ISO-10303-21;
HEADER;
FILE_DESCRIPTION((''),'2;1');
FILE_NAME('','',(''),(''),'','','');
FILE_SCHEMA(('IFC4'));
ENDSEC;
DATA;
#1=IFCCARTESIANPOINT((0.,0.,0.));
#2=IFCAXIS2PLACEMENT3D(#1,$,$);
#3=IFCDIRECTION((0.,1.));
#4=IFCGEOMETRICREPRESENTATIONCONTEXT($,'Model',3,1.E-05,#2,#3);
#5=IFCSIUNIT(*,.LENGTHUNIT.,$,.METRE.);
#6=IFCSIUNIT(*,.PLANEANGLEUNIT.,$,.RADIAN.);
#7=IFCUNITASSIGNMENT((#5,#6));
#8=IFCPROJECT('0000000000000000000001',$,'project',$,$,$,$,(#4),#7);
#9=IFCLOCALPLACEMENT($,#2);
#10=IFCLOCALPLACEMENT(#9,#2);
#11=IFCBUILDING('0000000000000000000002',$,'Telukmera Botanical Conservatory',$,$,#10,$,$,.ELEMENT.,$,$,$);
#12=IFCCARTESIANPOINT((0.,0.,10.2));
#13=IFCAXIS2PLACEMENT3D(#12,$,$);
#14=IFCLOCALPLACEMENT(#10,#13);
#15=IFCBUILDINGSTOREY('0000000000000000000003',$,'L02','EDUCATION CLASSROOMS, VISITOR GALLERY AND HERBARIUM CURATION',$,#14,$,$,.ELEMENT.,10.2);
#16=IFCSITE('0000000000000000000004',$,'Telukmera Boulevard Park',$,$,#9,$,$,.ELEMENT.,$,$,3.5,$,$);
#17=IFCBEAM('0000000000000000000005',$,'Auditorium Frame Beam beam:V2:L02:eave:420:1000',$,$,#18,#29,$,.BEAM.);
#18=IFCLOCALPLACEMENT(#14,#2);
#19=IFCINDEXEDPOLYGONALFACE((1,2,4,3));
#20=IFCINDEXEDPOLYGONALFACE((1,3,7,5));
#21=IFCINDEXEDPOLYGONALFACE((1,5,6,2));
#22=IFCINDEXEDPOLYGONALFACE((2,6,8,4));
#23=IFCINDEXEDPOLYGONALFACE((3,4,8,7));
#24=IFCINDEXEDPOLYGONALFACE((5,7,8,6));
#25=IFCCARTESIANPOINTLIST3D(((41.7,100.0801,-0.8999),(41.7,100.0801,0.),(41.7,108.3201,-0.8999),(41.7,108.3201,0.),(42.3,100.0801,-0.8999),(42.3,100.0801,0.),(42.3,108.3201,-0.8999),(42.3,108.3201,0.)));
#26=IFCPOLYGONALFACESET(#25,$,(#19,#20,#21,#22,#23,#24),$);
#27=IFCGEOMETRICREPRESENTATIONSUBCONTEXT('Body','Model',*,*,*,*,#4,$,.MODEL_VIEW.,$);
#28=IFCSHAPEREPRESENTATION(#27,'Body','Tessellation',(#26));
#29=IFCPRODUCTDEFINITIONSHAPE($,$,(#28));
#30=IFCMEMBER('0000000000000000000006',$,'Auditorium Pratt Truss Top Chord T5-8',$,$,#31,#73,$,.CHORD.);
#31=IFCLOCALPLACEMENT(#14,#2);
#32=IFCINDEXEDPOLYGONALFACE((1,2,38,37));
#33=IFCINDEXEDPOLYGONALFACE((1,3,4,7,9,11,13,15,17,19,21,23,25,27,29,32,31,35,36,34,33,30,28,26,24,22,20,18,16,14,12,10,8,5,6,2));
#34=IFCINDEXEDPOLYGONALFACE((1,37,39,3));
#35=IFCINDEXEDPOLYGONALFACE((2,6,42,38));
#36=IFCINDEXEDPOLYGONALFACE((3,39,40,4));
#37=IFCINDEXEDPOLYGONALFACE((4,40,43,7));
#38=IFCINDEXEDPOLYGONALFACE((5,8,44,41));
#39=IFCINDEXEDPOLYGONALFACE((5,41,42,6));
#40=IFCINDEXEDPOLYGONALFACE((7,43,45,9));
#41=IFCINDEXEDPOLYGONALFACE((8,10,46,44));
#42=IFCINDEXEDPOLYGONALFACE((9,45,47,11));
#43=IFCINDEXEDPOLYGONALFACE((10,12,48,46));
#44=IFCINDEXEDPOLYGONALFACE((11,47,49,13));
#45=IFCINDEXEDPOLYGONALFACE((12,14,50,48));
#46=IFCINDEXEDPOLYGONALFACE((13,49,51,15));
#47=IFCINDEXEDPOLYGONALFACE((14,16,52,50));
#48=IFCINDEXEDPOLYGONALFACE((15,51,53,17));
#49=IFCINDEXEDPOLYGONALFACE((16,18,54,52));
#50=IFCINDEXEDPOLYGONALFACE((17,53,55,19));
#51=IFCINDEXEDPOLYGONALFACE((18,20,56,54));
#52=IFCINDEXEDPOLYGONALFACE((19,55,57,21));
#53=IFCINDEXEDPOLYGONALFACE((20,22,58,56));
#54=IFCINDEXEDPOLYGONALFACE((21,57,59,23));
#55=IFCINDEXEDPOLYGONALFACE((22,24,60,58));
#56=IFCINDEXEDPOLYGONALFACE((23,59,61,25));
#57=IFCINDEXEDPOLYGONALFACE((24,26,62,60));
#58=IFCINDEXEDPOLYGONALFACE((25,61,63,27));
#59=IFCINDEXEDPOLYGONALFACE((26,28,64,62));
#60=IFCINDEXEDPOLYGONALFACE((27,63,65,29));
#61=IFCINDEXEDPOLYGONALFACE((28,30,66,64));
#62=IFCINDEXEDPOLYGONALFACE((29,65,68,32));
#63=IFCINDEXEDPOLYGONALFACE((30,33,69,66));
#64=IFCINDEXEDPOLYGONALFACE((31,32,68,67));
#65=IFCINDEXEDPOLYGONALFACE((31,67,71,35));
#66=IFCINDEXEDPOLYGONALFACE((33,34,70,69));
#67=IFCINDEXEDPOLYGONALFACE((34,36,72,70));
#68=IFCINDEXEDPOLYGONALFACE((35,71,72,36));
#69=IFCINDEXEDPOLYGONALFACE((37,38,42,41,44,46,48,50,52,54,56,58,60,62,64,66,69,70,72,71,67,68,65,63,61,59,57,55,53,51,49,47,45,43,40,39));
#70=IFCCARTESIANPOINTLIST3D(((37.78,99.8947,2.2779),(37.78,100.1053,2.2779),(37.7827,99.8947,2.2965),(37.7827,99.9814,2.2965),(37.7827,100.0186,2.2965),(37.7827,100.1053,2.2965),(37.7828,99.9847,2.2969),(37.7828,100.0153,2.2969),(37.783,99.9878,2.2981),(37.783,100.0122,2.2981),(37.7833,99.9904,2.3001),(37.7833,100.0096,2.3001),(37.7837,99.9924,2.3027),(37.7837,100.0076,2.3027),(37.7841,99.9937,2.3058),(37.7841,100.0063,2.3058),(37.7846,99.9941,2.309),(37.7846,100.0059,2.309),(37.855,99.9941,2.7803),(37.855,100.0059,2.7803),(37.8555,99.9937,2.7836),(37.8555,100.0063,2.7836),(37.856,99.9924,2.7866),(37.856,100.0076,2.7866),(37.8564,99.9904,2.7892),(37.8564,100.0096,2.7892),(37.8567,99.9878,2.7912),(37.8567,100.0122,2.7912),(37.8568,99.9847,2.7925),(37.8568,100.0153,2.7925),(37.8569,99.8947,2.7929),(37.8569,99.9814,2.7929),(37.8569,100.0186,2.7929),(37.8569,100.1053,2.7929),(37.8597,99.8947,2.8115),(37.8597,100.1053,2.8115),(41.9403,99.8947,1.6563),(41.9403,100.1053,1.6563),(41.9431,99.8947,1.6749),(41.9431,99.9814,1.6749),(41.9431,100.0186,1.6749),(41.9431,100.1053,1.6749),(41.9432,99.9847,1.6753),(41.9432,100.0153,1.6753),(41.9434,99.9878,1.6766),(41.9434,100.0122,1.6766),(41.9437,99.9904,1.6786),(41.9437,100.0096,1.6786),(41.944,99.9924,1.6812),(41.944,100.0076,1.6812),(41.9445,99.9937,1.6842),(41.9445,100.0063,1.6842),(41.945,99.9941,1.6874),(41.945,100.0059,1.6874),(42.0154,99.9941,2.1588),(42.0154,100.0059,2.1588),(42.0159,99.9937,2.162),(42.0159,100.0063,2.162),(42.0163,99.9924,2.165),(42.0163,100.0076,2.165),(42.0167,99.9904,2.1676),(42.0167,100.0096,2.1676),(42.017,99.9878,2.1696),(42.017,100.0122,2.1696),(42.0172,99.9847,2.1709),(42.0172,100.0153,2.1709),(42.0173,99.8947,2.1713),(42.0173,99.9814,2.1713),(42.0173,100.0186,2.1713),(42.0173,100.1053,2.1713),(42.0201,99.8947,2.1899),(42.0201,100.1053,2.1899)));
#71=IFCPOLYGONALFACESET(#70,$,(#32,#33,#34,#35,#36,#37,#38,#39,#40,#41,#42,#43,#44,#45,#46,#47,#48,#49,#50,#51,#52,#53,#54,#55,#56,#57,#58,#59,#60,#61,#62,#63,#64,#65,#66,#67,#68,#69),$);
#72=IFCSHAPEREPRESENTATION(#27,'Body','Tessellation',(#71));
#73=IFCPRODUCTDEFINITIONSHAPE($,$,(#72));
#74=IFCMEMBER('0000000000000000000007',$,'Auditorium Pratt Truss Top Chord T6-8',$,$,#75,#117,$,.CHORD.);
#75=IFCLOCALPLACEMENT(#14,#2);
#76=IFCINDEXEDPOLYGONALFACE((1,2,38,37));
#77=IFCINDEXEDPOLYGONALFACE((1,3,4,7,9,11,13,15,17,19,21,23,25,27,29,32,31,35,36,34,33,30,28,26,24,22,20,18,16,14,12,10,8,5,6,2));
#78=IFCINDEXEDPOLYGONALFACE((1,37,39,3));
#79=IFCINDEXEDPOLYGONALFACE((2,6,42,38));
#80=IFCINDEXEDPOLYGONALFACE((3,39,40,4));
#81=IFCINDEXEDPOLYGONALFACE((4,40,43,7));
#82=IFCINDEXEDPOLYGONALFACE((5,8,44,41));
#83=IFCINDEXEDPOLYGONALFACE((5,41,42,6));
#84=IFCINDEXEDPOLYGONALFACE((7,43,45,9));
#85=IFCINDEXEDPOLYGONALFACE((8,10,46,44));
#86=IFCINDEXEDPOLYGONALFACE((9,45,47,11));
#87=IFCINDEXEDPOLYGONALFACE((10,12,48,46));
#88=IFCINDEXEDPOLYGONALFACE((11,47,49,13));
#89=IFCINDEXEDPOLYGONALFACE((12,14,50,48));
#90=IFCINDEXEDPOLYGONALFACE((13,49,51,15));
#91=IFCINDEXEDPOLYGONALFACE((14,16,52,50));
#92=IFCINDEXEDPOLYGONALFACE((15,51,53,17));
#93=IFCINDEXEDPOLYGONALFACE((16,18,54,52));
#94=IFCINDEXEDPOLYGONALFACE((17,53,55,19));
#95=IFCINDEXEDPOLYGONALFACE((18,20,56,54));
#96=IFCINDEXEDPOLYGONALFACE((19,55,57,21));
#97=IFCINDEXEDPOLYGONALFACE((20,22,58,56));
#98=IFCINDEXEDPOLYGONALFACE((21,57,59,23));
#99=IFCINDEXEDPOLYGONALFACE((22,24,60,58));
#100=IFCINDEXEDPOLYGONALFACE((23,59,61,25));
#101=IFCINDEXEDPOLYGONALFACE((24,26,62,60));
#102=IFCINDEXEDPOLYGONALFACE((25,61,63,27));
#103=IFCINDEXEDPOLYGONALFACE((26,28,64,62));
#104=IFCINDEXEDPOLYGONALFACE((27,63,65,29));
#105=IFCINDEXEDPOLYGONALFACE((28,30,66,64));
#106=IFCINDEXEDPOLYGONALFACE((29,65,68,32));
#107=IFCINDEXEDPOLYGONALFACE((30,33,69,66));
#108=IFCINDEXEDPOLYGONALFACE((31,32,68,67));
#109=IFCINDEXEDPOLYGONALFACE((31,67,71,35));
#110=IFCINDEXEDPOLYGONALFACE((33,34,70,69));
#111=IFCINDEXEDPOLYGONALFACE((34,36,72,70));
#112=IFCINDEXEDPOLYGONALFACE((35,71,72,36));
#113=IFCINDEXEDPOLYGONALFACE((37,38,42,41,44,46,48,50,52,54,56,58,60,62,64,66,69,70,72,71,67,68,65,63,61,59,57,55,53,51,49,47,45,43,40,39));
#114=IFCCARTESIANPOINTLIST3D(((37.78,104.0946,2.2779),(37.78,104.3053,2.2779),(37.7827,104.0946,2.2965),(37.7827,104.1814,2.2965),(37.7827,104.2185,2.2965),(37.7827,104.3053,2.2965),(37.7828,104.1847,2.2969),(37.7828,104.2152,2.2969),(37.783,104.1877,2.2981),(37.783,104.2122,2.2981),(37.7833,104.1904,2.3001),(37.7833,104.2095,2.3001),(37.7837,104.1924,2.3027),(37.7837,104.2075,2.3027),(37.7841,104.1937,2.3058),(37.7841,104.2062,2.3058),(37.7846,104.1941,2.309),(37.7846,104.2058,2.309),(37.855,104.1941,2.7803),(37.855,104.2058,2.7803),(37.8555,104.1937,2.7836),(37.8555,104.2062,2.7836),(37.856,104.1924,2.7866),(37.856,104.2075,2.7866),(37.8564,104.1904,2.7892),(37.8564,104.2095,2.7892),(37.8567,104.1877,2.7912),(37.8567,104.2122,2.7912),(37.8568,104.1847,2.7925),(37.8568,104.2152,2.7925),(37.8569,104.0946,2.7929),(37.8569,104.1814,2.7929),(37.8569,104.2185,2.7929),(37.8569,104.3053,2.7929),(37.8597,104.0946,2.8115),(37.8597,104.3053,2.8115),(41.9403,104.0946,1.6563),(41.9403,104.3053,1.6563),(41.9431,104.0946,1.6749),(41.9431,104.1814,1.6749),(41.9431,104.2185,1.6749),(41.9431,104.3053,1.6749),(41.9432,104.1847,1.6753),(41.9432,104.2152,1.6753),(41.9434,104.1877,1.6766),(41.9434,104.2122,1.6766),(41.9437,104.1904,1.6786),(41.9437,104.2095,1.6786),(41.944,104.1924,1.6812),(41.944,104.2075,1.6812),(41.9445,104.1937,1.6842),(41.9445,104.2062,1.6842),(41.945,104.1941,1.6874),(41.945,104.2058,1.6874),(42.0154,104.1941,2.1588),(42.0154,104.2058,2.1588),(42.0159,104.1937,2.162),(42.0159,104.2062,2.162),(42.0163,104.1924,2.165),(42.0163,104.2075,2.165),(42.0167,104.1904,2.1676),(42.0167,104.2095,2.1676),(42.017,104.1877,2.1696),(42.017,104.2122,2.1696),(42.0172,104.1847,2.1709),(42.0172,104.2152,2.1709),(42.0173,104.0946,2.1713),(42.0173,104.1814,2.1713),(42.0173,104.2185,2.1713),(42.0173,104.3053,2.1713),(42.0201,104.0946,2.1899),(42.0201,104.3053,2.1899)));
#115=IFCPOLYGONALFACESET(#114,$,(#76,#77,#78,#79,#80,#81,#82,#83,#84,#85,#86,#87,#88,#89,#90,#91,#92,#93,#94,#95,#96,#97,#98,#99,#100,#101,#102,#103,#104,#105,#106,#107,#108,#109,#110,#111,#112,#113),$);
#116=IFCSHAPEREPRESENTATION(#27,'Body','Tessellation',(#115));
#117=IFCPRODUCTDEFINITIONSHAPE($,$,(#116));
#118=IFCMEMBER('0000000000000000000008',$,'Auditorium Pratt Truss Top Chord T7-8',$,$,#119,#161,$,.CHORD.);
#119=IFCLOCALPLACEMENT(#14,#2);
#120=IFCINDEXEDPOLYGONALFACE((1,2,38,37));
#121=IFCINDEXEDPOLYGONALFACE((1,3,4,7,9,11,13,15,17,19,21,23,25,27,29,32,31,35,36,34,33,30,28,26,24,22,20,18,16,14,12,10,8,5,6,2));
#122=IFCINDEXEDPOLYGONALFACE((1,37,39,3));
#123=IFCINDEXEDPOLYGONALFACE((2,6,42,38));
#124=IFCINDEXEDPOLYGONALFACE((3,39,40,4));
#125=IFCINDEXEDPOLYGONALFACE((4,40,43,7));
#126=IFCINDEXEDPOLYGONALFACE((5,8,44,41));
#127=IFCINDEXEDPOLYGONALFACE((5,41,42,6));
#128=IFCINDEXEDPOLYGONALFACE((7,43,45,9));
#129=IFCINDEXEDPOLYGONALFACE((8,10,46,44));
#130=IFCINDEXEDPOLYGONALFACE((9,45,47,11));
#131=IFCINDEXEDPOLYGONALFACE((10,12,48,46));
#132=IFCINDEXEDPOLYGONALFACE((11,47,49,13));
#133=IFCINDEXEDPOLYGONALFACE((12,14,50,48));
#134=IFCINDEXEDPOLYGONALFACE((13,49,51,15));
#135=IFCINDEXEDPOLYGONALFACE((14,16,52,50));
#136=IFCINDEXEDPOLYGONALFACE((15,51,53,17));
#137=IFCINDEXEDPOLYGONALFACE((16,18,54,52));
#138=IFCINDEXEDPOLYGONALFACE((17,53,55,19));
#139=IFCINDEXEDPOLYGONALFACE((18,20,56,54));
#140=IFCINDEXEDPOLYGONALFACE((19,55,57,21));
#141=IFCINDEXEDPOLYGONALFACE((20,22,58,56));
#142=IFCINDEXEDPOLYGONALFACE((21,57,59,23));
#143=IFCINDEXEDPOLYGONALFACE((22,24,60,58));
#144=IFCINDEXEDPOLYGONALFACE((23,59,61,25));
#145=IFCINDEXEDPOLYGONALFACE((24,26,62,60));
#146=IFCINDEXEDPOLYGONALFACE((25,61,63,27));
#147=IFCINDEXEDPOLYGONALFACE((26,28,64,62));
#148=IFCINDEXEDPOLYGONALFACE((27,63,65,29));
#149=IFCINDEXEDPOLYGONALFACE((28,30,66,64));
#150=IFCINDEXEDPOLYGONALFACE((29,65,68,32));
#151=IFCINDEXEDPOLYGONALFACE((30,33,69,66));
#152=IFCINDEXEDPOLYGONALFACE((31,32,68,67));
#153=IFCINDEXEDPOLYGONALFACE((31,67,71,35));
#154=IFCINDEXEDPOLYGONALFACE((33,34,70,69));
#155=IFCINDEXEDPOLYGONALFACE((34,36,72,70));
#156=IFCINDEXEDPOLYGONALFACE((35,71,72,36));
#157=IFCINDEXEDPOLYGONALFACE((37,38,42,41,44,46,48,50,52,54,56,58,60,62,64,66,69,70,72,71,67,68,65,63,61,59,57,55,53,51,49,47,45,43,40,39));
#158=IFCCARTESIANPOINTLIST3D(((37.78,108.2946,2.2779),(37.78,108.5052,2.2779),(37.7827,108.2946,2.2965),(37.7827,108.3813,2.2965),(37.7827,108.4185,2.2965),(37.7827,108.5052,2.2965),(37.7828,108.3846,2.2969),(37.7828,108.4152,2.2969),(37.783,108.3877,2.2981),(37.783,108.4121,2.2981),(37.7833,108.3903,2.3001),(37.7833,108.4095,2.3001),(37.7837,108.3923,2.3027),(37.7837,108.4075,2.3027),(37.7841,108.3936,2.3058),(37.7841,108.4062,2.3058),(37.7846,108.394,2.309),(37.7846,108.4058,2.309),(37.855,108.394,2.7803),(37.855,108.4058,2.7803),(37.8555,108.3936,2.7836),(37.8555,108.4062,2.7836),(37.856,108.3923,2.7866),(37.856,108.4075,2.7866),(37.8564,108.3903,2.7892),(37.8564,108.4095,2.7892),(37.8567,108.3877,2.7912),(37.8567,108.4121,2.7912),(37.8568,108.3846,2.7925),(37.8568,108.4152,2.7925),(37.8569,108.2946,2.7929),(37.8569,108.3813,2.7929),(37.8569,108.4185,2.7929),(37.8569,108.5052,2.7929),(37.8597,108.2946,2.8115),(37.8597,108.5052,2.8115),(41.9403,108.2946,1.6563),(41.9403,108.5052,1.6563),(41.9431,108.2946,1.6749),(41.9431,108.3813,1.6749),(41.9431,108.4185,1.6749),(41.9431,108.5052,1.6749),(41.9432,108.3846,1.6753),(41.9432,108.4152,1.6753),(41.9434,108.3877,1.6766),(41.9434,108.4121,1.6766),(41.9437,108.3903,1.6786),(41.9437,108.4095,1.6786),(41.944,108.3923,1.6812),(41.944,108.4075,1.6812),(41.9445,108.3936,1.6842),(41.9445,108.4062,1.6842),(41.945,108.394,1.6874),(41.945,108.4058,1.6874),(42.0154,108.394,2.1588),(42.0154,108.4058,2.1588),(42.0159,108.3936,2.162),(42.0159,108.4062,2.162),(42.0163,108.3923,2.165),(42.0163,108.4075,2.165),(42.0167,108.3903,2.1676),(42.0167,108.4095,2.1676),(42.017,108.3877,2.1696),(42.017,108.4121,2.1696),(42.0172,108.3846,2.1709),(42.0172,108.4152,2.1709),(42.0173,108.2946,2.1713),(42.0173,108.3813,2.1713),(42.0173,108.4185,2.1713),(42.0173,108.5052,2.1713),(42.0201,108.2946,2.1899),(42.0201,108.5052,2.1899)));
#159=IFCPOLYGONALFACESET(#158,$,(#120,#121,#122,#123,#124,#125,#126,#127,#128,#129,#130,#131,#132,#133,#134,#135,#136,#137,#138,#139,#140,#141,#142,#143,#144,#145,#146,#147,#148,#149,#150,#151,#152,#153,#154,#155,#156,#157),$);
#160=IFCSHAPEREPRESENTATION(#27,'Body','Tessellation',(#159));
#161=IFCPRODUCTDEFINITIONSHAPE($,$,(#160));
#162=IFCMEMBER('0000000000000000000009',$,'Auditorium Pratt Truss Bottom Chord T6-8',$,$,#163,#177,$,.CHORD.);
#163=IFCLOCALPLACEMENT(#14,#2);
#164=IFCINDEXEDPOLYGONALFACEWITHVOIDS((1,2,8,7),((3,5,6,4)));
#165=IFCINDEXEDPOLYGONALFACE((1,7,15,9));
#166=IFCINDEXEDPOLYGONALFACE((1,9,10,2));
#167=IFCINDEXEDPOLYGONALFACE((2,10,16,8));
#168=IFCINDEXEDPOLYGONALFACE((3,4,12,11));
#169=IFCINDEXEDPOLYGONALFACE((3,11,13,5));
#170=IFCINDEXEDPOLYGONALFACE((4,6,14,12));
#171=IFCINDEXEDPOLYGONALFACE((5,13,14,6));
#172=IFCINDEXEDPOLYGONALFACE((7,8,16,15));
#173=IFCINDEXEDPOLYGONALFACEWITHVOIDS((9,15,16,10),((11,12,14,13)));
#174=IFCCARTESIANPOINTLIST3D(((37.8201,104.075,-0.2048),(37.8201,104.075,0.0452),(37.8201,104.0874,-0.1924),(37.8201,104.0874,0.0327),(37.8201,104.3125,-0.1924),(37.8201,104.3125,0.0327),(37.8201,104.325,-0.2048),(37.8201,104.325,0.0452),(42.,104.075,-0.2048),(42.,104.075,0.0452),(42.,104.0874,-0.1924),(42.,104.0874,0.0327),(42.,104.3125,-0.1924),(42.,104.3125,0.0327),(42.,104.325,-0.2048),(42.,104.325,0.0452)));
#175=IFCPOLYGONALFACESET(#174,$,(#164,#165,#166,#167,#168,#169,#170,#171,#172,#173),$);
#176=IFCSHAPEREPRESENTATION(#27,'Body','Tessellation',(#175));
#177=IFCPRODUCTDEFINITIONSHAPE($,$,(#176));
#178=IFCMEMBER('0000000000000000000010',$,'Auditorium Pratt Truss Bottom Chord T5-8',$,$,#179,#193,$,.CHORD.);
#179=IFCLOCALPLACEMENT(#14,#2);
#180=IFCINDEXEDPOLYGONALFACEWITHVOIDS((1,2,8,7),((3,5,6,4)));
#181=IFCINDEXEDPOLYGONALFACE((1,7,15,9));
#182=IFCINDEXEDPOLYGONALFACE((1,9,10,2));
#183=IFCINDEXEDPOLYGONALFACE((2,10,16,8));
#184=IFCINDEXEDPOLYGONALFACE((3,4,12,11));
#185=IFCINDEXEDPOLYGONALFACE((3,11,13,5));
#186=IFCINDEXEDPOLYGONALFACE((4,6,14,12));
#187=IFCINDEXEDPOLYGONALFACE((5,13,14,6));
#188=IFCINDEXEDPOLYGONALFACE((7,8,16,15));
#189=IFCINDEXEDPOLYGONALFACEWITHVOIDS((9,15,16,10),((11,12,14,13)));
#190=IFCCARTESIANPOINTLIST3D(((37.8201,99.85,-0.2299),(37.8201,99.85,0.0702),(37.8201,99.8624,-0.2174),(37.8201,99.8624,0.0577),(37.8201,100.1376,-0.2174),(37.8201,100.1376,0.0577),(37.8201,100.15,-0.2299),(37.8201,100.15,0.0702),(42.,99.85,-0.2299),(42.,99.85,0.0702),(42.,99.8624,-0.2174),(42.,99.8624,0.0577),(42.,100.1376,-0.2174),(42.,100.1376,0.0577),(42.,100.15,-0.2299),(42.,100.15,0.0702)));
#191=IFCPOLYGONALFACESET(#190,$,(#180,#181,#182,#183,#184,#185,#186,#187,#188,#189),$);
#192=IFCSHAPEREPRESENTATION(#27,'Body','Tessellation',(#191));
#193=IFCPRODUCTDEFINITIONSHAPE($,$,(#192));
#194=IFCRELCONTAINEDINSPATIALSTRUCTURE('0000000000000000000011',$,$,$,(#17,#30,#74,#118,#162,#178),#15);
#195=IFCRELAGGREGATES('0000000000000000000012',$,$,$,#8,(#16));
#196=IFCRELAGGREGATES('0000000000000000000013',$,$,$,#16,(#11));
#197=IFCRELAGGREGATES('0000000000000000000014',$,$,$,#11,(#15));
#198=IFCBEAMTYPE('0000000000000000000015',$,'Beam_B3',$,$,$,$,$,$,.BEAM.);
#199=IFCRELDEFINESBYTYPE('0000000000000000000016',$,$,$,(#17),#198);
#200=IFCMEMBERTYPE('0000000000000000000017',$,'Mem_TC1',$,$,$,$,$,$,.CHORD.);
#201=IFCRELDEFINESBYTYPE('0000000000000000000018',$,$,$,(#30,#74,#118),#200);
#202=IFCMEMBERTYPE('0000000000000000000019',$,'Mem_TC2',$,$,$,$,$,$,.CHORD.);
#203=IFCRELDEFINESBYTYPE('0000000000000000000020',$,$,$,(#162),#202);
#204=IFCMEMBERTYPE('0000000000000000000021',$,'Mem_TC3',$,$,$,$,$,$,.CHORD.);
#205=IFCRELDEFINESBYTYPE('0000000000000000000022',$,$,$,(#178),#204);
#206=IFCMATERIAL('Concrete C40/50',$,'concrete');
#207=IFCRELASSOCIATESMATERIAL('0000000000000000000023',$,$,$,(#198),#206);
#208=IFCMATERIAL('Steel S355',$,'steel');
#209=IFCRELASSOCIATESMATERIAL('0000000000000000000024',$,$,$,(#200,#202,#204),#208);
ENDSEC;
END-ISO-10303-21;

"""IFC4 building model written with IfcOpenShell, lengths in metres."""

from ifc_helpers import new_model, si_unit, direction, frame, origin, origin_2d, place, context, subcontext, project, spatial, rectangle, hollow_rectangle, i_section, extrude, material, material_profile, profile_set, type_object, element, save


model = new_model("IFC4")

# Units and contexts
model_context = context("Model", 3, precision=1e-05, world=origin(), true_north=direction((0.0, 1.0)))
body_context = subcontext(model_context, "Body", "Model", "MODEL_VIEW")
ifc_project = project(units=[si_unit("LENGTHUNIT", "METRE"), si_unit("PLANEANGLEUNIT", "RADIAN")], contexts=[model_context])

# Site, building, storey
site_placement = place(None, origin())
site = spatial("IfcSite", under=ifc_project, at=site_placement, Name="Telukmera Boulevard Park", CompositionType="ELEMENT", RefElevation=3.5)
building_placement = place(site_placement, origin())
building = spatial("IfcBuilding", under=site, at=building_placement, Name="Telukmera Botanical Conservatory", CompositionType="ELEMENT")
storey_placement = place(building_placement, frame((0.0, 0.0, 10.2)))
storey = spatial("IfcBuildingStorey", under=building, at=storey_placement, Name="L02", Description="EDUCATION CLASSROOMS, VISITOR GALLERY AND HERBARIUM CURATION", CompositionType="ELEMENT", Elevation=10.2)

# Beam
ifc_material_1 = material(Name="Concrete C40/50", Category="concrete")
ifc_material_profile_1 = material_profile(ifc_material_1, rectangle(XDim=0.6001, YDim=0.8999, at=origin_2d()), Name="RC 600x900")
ifc_profile_set_1 = profile_set([ifc_material_profile_1], Name="Concrete C40/50")
beam_type = type_object("IfcBeamType", Name="Beam_B3", PredefinedType="BEAM", material=ifc_profile_set_1)
beam_placement = place(storey_placement, frame((42.0, 100.0801, -0.45), z_axis=(0.0, 1.0, 0.0), x_axis=(-1.0, 0.0, 0.0)))
element("IfcBeam", 1, at=beam_placement, inside=storey, type_object=beam_type, Name="Auditorium Frame Beam beam:V2:L02:eave:420:1000", PredefinedType="BEAM", context=body_context, shape_type="SweptSolid", body=[
    extrude(rectangle(XDim=0.6001, YDim=0.8999, at=origin_2d()), origin(), (0.0, 0.0, 1.0), 8.24),
])

# Members
ifc_material_2 = material(Name="Steel S355", Category="steel")
ifc_material_profile_2 = material_profile(ifc_material_2, i_section(OverallWidth=0.2107, OverallDepth=0.5396, WebThickness=0.0117, FlangeThickness=0.0188, FilletRadius=0.0127, at=origin_2d()), Name="UB 533x210x109")
ifc_profile_set_2 = profile_set([ifc_material_profile_2], Name="Steel S355")
member_type_1 = type_object("IfcMemberType", Name="Mem_TC1", PredefinedType="CHORD", material=ifc_profile_set_2)
for number, where, z_axis, x_axis, name in (
    (2, (37.8198, 100.0, 2.5447), (0.989023, 0.0, -0.147764), (0.0, 1.0, 0.0), "Auditorium Pratt Truss Top Chord T5-8"),
    (3, (37.8198, 104.2, 2.5447), (0.989023, 0.0, -0.147764), (0.0, 1.0, 0.0), "Auditorium Pratt Truss Top Chord T6-8"),
    (4, (37.8198, 108.3999, 2.5447), (0.989023, 0.0, -0.147764), (0.0, 1.0, 0.0), "Auditorium Pratt Truss Top Chord T7-8"),
):
    element("IfcMember", number, at=place(storey_placement, frame(where, z_axis=z_axis, x_axis=x_axis)), inside=storey, type_object=member_type_1, Name=name, PredefinedType="CHORD", context=body_context, shape_type="SweptSolid", body=[
        extrude(i_section(OverallWidth=0.2107, OverallDepth=0.5396, WebThickness=0.0117, FlangeThickness=0.0188, FilletRadius=0.0127, at=origin_2d()), origin(), (0.0, 0.0, 1.0), 4.2065),
    ])
ifc_material_profile_3 = material_profile(ifc_material_2, hollow_rectangle(XDim=0.25, YDim=0.25, WallThickness=0.0125, at=origin_2d()), Name="SHS 250x250x12.5")
ifc_profile_set_3 = profile_set([ifc_material_profile_3], Name="Steel S355")
member_type_2 = type_object("IfcMemberType", Name="Mem_TC2", PredefinedType="CHORD", material=ifc_profile_set_3)
member_1_placement = place(storey_placement, frame((37.8201, 104.2, -0.0798), z_axis=(1.0, 0.0, 0.0), x_axis=(0.0, 1.0, 0.0)))
element("IfcMember", 5, at=member_1_placement, inside=storey, type_object=member_type_2, Name="Auditorium Pratt Truss Bottom Chord T6-8", PredefinedType="CHORD", context=body_context, shape_type="SweptSolid", body=[
    extrude(hollow_rectangle(XDim=0.25, YDim=0.25, WallThickness=0.0125, at=origin_2d()), origin(), (0.0, 0.0, 1.0), 4.1799),
])
ifc_material_profile_4 = material_profile(ifc_material_2, hollow_rectangle(XDim=0.3, YDim=0.3, WallThickness=0.0125, at=origin_2d()), Name="SHS 300x300x12.5")
ifc_profile_set_4 = profile_set([ifc_material_profile_4], Name="Steel S355")
member_type_3 = type_object("IfcMemberType", Name="Mem_TC3", PredefinedType="CHORD", material=ifc_profile_set_4)
for number, where, z_axis, x_axis, name in (
    (6, (37.8201, 100.0, -0.0798), (1.0, 0.0, 0.0), (0.0, 1.0, 0.0), "Auditorium Pratt Truss Bottom Chord T5-8"),
):
    element("IfcMember", number, at=place(storey_placement, frame(where, z_axis=z_axis, x_axis=x_axis)), inside=storey, type_object=member_type_3, Name=name, PredefinedType="CHORD", context=body_context, shape_type="SweptSolid", body=[
        extrude(hollow_rectangle(XDim=0.3, YDim=0.3, WallThickness=0.0125, at=origin_2d()), origin(), (0.0, 0.0, 1.0), 4.1799),
    ])

save(model, "model.ifc")
